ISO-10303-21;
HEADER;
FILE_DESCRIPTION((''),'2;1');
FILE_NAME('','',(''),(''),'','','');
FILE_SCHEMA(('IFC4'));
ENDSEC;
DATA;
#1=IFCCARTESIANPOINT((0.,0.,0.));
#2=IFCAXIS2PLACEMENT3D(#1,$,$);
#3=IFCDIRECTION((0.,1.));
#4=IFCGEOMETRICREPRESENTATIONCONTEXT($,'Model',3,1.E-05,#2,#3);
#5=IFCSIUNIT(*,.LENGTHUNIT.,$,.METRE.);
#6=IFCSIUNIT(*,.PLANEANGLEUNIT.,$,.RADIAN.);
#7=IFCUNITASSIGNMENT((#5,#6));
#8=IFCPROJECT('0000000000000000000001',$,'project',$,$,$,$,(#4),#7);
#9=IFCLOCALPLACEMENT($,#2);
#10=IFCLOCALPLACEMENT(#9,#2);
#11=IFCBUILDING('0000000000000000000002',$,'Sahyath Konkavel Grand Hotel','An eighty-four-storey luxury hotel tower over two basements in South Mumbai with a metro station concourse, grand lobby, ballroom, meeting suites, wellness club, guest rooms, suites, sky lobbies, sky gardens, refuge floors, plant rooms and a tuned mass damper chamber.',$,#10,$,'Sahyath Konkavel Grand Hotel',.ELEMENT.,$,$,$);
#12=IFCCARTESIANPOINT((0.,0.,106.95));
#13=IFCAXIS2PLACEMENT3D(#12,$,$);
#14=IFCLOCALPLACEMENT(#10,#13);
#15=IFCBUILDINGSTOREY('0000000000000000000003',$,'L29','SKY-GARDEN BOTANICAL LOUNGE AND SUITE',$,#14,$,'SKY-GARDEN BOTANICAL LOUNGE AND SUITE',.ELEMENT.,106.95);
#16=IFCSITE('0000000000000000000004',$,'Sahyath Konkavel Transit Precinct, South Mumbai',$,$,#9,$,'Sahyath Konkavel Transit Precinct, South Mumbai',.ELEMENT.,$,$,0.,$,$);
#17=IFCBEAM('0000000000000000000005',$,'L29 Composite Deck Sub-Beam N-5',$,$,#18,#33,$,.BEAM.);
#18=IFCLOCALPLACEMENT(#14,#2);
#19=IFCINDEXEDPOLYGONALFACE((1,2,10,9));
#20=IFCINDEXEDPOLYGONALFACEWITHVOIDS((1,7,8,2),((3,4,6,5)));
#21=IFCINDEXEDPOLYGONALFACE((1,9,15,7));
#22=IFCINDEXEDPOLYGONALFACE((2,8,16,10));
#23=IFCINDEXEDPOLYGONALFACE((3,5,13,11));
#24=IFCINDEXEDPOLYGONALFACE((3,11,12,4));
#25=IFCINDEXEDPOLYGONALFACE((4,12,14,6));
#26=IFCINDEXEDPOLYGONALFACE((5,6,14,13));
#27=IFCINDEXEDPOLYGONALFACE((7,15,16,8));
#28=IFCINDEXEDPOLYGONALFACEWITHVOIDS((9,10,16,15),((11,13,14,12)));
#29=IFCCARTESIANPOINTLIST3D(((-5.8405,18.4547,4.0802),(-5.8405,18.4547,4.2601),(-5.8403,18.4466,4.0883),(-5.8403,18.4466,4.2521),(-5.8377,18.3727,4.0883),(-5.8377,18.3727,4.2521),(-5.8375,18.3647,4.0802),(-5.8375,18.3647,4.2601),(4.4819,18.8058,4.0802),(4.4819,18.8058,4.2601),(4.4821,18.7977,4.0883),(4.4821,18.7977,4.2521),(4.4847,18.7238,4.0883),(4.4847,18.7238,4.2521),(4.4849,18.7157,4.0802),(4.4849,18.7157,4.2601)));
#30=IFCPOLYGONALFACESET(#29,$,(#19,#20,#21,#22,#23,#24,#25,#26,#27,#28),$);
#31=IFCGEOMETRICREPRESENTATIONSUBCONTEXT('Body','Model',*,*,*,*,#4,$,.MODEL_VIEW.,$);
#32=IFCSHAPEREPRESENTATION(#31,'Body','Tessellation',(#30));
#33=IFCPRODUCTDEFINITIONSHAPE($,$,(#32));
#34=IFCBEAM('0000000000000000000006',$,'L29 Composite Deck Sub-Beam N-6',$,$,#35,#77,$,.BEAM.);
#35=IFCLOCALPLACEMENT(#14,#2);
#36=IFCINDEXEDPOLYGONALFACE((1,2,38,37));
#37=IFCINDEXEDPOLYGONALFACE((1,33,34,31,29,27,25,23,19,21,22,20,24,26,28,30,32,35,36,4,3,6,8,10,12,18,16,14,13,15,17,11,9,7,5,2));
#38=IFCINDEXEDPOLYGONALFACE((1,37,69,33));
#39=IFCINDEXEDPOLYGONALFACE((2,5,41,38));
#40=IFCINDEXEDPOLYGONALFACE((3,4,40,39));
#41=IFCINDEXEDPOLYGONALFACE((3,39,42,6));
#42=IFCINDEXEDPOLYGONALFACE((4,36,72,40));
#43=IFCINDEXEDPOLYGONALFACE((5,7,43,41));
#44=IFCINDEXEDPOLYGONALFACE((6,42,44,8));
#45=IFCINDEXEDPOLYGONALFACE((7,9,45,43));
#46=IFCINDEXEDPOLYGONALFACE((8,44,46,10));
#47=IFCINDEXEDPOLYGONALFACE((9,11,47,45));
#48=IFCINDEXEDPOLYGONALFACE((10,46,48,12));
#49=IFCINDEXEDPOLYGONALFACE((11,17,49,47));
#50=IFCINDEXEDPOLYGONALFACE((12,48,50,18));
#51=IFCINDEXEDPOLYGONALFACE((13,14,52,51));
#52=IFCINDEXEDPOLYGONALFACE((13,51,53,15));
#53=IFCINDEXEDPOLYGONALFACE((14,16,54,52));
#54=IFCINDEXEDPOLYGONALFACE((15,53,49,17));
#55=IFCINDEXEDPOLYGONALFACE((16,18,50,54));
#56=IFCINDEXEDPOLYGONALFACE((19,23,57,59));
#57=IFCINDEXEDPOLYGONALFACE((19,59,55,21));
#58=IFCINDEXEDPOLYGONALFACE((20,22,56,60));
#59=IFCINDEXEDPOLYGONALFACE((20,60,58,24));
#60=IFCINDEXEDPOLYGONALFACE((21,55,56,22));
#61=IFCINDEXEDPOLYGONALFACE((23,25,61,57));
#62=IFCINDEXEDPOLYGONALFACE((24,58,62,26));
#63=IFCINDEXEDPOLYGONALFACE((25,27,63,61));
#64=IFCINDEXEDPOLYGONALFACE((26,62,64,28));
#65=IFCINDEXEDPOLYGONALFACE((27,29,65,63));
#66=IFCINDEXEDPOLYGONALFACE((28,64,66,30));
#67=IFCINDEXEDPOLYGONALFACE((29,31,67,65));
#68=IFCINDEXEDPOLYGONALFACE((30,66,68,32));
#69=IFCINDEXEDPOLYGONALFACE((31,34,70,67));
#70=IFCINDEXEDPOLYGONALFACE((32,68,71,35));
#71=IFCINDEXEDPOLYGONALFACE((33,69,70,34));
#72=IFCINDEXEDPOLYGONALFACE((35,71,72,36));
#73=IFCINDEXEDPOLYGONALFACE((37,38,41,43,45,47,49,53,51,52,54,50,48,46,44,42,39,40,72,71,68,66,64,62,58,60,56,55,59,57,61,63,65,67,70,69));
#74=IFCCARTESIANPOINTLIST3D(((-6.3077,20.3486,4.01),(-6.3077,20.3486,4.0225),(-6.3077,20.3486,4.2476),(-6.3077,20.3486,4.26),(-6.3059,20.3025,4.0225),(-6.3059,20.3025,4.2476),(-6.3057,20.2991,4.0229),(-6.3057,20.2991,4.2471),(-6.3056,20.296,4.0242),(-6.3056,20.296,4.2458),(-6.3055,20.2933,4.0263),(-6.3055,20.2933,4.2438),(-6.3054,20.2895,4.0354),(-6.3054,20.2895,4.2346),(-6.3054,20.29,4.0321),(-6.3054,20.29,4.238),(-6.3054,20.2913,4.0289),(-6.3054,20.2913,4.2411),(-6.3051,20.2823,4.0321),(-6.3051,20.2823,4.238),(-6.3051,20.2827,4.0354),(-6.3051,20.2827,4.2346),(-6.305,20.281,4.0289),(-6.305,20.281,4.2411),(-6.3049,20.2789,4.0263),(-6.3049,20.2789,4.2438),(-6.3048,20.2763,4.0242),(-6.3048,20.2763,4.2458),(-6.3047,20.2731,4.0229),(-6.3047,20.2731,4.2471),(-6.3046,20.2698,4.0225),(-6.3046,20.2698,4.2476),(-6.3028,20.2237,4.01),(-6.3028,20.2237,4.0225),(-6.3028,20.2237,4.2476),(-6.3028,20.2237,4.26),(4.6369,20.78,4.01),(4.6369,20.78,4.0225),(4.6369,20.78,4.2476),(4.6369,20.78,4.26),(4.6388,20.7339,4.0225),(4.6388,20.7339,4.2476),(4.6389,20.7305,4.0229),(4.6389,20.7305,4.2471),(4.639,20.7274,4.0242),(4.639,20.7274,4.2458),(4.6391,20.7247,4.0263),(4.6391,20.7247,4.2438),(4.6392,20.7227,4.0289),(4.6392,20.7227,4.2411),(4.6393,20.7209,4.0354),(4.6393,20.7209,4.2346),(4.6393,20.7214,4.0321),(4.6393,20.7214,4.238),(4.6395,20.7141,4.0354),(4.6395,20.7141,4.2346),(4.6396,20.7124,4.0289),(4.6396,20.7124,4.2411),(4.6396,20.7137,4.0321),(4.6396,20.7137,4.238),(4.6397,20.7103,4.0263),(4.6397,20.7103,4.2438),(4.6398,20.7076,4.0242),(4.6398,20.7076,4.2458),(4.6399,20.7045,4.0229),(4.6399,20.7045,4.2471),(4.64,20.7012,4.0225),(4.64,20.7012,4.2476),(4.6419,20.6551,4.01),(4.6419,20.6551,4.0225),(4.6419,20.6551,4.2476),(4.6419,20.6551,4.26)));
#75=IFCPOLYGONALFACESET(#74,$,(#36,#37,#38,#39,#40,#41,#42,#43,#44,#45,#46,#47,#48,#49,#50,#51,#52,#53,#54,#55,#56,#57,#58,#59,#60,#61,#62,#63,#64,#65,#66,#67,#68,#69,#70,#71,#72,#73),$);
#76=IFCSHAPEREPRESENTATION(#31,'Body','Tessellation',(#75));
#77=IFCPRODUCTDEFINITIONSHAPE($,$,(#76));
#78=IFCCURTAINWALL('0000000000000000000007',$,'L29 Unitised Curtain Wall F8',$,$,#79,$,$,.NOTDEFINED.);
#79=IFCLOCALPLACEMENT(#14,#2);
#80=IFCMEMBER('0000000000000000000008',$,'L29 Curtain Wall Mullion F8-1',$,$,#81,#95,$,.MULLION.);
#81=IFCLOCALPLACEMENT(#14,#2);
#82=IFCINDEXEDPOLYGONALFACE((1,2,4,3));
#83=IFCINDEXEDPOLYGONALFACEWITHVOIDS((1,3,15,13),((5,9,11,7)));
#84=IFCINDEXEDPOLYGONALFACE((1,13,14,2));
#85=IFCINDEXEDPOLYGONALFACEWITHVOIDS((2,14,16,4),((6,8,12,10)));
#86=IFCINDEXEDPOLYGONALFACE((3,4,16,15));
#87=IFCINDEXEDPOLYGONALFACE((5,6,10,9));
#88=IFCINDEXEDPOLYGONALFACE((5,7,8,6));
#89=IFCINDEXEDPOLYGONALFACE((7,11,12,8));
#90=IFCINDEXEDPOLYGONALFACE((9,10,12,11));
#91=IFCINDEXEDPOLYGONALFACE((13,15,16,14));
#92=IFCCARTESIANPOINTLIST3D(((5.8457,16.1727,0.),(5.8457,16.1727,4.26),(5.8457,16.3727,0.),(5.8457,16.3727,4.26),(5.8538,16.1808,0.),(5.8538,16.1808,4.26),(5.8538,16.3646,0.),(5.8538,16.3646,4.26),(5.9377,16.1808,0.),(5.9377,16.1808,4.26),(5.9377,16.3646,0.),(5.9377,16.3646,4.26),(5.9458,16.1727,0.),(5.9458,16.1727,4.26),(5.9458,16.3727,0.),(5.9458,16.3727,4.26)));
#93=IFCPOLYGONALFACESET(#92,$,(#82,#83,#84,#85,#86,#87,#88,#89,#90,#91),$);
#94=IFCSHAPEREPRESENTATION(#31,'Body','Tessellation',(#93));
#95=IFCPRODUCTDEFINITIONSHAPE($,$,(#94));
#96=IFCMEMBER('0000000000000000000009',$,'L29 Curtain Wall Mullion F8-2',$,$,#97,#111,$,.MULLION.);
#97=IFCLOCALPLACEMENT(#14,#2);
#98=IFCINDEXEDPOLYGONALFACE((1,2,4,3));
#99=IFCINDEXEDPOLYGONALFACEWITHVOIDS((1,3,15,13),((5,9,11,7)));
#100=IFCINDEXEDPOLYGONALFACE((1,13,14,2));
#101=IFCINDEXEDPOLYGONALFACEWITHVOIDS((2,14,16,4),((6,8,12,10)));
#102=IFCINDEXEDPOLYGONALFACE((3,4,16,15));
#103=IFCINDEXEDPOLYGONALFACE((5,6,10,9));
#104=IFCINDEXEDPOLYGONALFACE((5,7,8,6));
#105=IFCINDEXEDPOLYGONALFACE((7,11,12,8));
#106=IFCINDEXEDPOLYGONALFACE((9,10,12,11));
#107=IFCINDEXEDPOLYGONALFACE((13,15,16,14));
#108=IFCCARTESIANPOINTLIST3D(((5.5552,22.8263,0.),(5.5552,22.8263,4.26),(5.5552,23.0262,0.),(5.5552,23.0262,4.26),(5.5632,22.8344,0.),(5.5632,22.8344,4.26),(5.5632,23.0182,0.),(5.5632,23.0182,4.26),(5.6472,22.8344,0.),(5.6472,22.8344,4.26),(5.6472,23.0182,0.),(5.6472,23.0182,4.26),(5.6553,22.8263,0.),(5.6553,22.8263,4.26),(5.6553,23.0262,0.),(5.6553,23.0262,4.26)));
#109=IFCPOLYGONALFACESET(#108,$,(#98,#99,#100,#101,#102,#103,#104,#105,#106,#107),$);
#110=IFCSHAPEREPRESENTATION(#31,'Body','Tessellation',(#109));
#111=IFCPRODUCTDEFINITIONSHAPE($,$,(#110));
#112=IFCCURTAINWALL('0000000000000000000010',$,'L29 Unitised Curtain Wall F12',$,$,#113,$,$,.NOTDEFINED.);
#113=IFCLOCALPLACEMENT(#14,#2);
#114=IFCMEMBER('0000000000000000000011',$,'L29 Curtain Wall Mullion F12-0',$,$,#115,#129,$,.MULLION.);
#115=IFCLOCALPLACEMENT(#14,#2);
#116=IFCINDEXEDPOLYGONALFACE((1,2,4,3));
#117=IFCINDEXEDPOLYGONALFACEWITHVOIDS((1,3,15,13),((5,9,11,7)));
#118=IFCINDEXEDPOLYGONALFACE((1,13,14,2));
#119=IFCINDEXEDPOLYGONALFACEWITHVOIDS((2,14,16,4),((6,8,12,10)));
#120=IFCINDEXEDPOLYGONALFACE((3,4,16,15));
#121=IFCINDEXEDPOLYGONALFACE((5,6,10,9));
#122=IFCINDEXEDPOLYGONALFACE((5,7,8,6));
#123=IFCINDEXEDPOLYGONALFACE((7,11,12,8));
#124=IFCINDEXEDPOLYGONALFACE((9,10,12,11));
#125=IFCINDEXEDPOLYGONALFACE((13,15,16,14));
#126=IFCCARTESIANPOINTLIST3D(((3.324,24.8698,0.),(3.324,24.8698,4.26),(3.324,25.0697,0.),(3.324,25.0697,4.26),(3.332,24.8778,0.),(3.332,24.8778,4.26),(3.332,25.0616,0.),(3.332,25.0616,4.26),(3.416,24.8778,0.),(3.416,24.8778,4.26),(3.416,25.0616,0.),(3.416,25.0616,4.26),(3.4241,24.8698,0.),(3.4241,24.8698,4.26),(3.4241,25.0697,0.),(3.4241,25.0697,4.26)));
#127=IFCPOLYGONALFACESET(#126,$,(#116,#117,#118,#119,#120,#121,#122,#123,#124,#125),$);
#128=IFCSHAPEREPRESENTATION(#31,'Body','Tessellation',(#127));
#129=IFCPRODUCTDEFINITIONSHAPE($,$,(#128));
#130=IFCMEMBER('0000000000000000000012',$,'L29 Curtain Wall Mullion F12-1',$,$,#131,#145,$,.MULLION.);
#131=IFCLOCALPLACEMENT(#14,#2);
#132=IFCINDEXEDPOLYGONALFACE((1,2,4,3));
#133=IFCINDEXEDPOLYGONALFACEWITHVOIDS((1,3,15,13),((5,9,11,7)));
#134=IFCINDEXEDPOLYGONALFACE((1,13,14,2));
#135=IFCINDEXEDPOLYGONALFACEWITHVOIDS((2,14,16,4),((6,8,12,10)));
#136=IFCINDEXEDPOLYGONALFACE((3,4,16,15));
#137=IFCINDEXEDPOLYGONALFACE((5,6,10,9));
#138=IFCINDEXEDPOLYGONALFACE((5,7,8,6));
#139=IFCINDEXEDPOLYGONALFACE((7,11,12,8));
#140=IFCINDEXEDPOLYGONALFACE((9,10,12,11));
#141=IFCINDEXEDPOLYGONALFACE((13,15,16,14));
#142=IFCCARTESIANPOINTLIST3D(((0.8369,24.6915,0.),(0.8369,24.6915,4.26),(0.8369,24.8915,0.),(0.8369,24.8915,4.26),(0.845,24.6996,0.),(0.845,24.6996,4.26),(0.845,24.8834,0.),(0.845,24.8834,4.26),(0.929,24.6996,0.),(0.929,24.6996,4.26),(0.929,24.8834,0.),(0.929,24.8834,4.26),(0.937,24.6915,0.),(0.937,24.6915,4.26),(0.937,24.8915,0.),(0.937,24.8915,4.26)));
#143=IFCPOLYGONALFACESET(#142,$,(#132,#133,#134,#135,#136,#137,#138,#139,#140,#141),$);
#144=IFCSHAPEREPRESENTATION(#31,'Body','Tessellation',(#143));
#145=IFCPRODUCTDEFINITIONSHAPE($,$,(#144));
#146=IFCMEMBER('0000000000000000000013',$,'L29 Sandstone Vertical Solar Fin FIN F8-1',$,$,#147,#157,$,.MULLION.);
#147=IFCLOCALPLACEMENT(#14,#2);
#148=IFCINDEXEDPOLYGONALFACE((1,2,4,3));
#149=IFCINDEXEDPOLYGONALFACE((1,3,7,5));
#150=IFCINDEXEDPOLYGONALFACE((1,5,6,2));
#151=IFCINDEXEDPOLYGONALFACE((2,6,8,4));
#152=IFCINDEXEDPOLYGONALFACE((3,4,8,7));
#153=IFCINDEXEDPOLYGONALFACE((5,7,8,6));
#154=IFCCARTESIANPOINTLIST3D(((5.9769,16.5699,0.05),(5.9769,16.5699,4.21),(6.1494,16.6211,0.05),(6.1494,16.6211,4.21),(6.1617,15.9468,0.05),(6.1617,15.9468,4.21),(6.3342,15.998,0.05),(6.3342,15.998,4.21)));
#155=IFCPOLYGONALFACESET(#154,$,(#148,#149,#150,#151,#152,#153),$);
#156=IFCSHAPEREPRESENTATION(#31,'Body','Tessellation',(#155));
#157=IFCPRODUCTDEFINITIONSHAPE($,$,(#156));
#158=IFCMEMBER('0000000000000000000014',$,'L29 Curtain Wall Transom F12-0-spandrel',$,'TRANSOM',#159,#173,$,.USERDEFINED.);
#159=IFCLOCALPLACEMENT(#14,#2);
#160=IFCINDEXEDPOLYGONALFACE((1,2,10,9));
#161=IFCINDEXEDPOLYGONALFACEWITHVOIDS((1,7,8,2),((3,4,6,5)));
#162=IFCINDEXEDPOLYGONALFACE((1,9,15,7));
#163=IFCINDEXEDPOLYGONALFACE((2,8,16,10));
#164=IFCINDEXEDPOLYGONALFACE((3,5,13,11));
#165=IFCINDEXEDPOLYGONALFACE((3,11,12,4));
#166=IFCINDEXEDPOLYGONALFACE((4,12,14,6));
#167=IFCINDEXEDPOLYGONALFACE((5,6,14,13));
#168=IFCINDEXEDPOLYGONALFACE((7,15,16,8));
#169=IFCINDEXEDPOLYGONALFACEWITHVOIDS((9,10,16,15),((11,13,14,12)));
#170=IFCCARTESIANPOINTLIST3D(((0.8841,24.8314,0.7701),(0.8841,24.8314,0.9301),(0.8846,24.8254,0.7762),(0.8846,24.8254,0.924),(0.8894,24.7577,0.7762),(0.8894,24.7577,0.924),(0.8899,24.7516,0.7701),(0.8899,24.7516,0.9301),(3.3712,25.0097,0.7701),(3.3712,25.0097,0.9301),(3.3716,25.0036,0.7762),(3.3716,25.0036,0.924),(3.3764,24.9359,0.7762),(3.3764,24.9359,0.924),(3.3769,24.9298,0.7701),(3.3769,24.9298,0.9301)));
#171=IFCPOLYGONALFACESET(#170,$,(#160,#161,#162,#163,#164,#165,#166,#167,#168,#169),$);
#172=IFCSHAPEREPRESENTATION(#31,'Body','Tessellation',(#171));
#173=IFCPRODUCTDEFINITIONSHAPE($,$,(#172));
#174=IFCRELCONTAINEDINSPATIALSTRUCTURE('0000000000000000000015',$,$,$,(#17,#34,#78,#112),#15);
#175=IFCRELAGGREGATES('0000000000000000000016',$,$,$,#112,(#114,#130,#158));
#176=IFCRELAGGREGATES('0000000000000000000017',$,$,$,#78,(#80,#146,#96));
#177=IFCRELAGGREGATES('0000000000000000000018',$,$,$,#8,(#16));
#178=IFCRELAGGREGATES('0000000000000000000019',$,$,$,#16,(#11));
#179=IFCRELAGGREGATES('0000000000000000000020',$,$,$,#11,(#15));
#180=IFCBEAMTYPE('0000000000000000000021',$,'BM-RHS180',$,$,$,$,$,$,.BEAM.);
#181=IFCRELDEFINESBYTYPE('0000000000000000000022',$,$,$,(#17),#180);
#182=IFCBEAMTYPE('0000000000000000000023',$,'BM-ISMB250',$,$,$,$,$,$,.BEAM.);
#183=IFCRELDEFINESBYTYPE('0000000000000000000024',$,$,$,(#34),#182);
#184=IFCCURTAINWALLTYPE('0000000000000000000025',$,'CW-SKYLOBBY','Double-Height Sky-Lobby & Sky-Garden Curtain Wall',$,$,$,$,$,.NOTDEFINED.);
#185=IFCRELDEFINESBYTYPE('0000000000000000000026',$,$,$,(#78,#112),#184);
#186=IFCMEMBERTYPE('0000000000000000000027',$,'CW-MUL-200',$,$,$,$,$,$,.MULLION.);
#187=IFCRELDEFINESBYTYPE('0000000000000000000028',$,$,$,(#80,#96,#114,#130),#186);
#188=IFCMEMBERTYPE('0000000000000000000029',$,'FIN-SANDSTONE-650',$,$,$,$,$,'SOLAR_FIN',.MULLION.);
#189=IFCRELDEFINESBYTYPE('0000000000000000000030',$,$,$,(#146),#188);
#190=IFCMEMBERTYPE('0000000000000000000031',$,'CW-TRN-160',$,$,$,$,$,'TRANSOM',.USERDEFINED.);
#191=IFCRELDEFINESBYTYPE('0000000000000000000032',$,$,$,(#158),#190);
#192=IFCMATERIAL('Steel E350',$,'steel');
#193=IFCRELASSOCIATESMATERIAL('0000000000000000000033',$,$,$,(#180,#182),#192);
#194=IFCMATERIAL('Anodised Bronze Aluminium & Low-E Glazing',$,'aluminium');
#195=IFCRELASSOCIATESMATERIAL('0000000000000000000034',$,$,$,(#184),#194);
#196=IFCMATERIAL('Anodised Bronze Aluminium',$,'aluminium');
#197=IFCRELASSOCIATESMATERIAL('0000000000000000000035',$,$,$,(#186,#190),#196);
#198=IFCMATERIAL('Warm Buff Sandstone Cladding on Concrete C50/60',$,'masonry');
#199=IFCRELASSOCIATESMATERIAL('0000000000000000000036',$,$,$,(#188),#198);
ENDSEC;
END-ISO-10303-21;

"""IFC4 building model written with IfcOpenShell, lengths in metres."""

from ifc_helpers import new_model, si_unit, direction, frame, origin, origin_2d, place, context, subcontext, project, spatial, rectangle, hollow_rectangle, i_section, extrude, source, transform, mapped, material, material_profile, profile_set, type_object, element, aggregate, save


model = new_model("IFC4")

# Units and contexts
model_context = context("Model", 3, precision=1e-05, world=origin(), true_north=direction((0.0, 1.0)))
body_context = subcontext(model_context, "Body", "Model", "MODEL_VIEW")
ifc_project = project(units=[si_unit("LENGTHUNIT", "METRE"), si_unit("PLANEANGLEUNIT", "RADIAN")], contexts=[model_context])

# Site, building, storey
site_placement = place(None, origin())
site = spatial("IfcSite", under=ifc_project, at=site_placement, Name="Sahyath Konkavel Transit Precinct, South Mumbai", LongName="Sahyath Konkavel Transit Precinct, South Mumbai", CompositionType="ELEMENT", RefElevation=0.0)
building_placement = place(site_placement, origin())
building = spatial("IfcBuilding", under=site, at=building_placement, Name="Sahyath Konkavel Grand Hotel", Description="An eighty-four-storey luxury hotel tower over two basements in South Mumbai with a metro station concourse, grand lobby, ballroom, meeting suites, wellness club, guest rooms, suites, sky lobbies, sky gardens, refuge floors, plant rooms and a tuned mass damper chamber.", LongName="Sahyath Konkavel Grand Hotel", CompositionType="ELEMENT")
storey_placement = place(building_placement, frame((0.0, 0.0, 106.95)))
storey = spatial("IfcBuildingStorey", under=building, at=storey_placement, Name="L29", Description="SKY-GARDEN BOTANICAL LOUNGE AND SUITE", LongName="SKY-GARDEN BOTANICAL LOUNGE AND SUITE", CompositionType="ELEMENT", Elevation=106.95)

# Beams
ifc_material_1 = material(Name="Steel E350", Category="steel")
ifc_material_profile_1 = material_profile(ifc_material_1, hollow_rectangle(XDim=0.0901, YDim=0.1799, WallThickness=0.0081, at=origin_2d()), Name="RHS 180x90x8")
ifc_profile_set_1 = profile_set([ifc_material_profile_1], Name="Steel E350")
beam_type_1 = type_object("IfcBeamType", Name="BM-RHS180", PredefinedType="BEAM", material=ifc_profile_set_1)
shared_shape_1 = source(origin(), body_context, "Body", "SweptSolid", [
    extrude(hollow_rectangle(XDim=0.0901, YDim=0.1799, WallThickness=0.0081, at=origin_2d()), origin(), (0.0, 0.0, 1.0), 10.3284),
])
beam_1_placement = place(storey_placement, frame((4.4834, 18.7607, 4.1702), z_axis=(-0.999422, -0.033991, 0.0), x_axis=(0.033991, -0.999422, 0.0)))
element("IfcBeam", 1, at=beam_1_placement, inside=storey, type_object=beam_type_1, Name="L29 Composite Deck Sub-Beam N-5", PredefinedType="BEAM", context=body_context, shape_type="MappedRepresentation", body=[
    mapped(shared_shape_1, transform((0.0, 0.0, 0.0), scale=1.0)),
])
ifc_material_profile_2 = material_profile(ifc_material_1, i_section(OverallWidth=0.125, OverallDepth=0.25, WebThickness=0.0068, FlangeThickness=0.0125, FilletRadius=0.0129, at=origin_2d()), Name="ISMB 250")
ifc_profile_set_2 = profile_set([ifc_material_profile_2], Name="Steel E350")
beam_type_2 = type_object("IfcBeamType", Name="BM-ISMB250", PredefinedType="BEAM", material=ifc_profile_set_2)
shared_shape_2 = source(origin(), body_context, "Body", "SweptSolid", [
    extrude(i_section(OverallWidth=0.125, OverallDepth=0.25, WebThickness=0.0068, FlangeThickness=0.0125, FilletRadius=0.0129, at=origin_2d()), origin(), (0.0, 0.0, 1.0), 10.9531),
])
beam_2_placement = place(storey_placement, frame((4.6394, 20.7175, 4.135), z_axis=(-0.999224, -0.039386, 0.0), x_axis=(0.039386, -0.999224, 0.0)))
element("IfcBeam", 2, at=beam_2_placement, inside=storey, type_object=beam_type_2, Name="L29 Composite Deck Sub-Beam N-6", PredefinedType="BEAM", context=body_context, shape_type="MappedRepresentation", body=[
    mapped(shared_shape_2, transform((0.0, 0.0, 0.0), scale=1.0)),
])

# Curtain walls, members
ifc_material_2 = material(Name="Anodised Bronze Aluminium & Low-E Glazing", Category="aluminium")
curtain_wall_type = type_object("IfcCurtainWallType", Name="CW-SKYLOBBY", Description="Double-Height Sky-Lobby & Sky-Garden Curtain Wall", PredefinedType="NOTDEFINED", material=ifc_material_2)
curtain_wall_1_placement = place(storey_placement, origin())
curtain_wall_1 = element("IfcCurtainWall", 3, at=curtain_wall_1_placement, inside=storey, type_object=curtain_wall_type, Name="L29 Unitised Curtain Wall F8", PredefinedType="NOTDEFINED")
ifc_material_3 = material(Name="Anodised Bronze Aluminium", Category="aluminium")
ifc_material_profile_3 = material_profile(ifc_material_3, hollow_rectangle(XDim=0.1001, YDim=0.2, WallThickness=0.0081, at=origin_2d()), Name="RHS 200x100x8")
ifc_profile_set_3 = profile_set([ifc_material_profile_3], Name="Anodised Bronze Aluminium")
member_type_1 = type_object("IfcMemberType", Name="CW-MUL-200", PredefinedType="MULLION", material=ifc_profile_set_3)
shared_shape_3 = source(origin(), body_context, "Body", "SweptSolid", [
    extrude(hollow_rectangle(XDim=0.1001, YDim=0.2, WallThickness=0.0081, at=origin_2d()), origin(), (0.0, 0.0, 1.0), 4.26),
])
member_1_placement = place(storey_placement, frame((5.8958, 16.2727, 0.0), z_axis=(0.0, 0.0, 1.0), x_axis=(1.0, 0.0, 0.0)))
member_1 = element("IfcMember", 4, at=member_1_placement, type_object=member_type_1, Name="L29 Curtain Wall Mullion F8-1", PredefinedType="MULLION", context=body_context, shape_type="MappedRepresentation", body=[
    mapped(shared_shape_3, transform((0.0, 0.0, 0.0), scale=1.0)),
])
member_2_placement = place(storey_placement, frame((5.6052, 22.9263, 0.0), z_axis=(0.0, 0.0, 1.0), x_axis=(1.0, 0.0, 0.0)))
member_2 = element("IfcMember", 5, at=member_2_placement, type_object=member_type_1, Name="L29 Curtain Wall Mullion F8-2", PredefinedType="MULLION", context=body_context, shape_type="MappedRepresentation", body=[
    mapped(shared_shape_3, transform((0.0, 0.0, 0.0), scale=1.0)),
])
curtain_wall_2_placement = place(storey_placement, origin())
curtain_wall_2 = element("IfcCurtainWall", 6, at=curtain_wall_2_placement, inside=storey, type_object=curtain_wall_type, Name="L29 Unitised Curtain Wall F12", PredefinedType="NOTDEFINED")
member_3_placement = place(storey_placement, frame((3.374, 24.9697, 0.0), z_axis=(0.0, 0.0, 1.0), x_axis=(1.0, 0.0, 0.0)))
member_3 = element("IfcMember", 7, at=member_3_placement, type_object=member_type_1, Name="L29 Curtain Wall Mullion F12-0", PredefinedType="MULLION", context=body_context, shape_type="MappedRepresentation", body=[
    mapped(shared_shape_3, transform((0.0, 0.0, 0.0), scale=1.0)),
])
member_4_placement = place(storey_placement, frame((0.887, 24.7915, 0.0), z_axis=(0.0, 0.0, 1.0), x_axis=(1.0, 0.0, 0.0)))
member_4 = element("IfcMember", 8, at=member_4_placement, type_object=member_type_1, Name="L29 Curtain Wall Mullion F12-1", PredefinedType="MULLION", context=body_context, shape_type="MappedRepresentation", body=[
    mapped(shared_shape_3, transform((0.0, 0.0, 0.0), scale=1.0)),
])

# Members
ifc_material_4 = material(Name="Warm Buff Sandstone Cladding on Concrete C50/60", Category="masonry")
ifc_material_profile_4 = material_profile(ifc_material_4, rectangle(XDim=0.1799, YDim=0.6499, at=origin_2d()), Name="FIN 180x650")
ifc_profile_set_4 = profile_set([ifc_material_profile_4], Name="Warm Buff Sandstone Cladding on Concrete C50/60")
member_type_2 = type_object("IfcMemberType", Name="FIN-SANDSTONE-650", ElementType="SOLAR_FIN", PredefinedType="MULLION", material=ifc_profile_set_4)
shared_shape_4 = source(origin(), body_context, "Body", "SweptSolid", [
    extrude(rectangle(XDim=0.1799, YDim=0.6499, at=origin_2d()), origin(), (0.0, 0.0, 1.0), 4.1599),
])
member_5_placement = place(storey_placement, frame((6.1555, 16.2839, 0.05), z_axis=(0.0, 0.0, 1.0), x_axis=(0.958721, 0.28435, 0.0)))
member_5 = element("IfcMember", 9, at=member_5_placement, type_object=member_type_2, Name="L29 Sandstone Vertical Solar Fin FIN F8-1", PredefinedType="MULLION", context=body_context, shape_type="MappedRepresentation", body=[
    mapped(shared_shape_4, transform((0.0, 0.0, 0.0), scale=1.0)),
])
ifc_material_profile_5 = material_profile(ifc_material_3, hollow_rectangle(XDim=0.0801, YDim=0.1599, WallThickness=0.0061, at=origin_2d()), Name="RHS 160x80x6")
ifc_profile_set_5 = profile_set([ifc_material_profile_5], Name="Anodised Bronze Aluminium")
member_type_3 = type_object("IfcMemberType", Name="CW-TRN-160", ElementType="TRANSOM", PredefinedType="USERDEFINED", material=ifc_profile_set_5)
shared_shape_5 = source(origin(), body_context, "Body", "SweptSolid", [
    extrude(hollow_rectangle(XDim=0.0801, YDim=0.1599, WallThickness=0.0061, at=origin_2d()), origin(), (0.0, 0.0, 1.0), 2.4934),
])
member_6_placement = place(storey_placement, frame((3.374, 24.9697, 0.8501), z_axis=(-0.997442, -0.071477, 0.0), x_axis=(0.071477, -0.997442, 0.0)))
member_6 = element("IfcMember", 10, at=member_6_placement, type_object=member_type_3, Name="L29 Curtain Wall Transom F12-0-spandrel", ObjectType="TRANSOM", PredefinedType="USERDEFINED", context=body_context, shape_type="MappedRepresentation", body=[
    mapped(shared_shape_5, transform((0.0, 0.0, 0.0), scale=1.0)),
])

aggregate(curtain_wall_2, [member_3, member_4, member_6])
aggregate(curtain_wall_1, [member_1, member_5, member_2])

save(model, "model.ifc")
